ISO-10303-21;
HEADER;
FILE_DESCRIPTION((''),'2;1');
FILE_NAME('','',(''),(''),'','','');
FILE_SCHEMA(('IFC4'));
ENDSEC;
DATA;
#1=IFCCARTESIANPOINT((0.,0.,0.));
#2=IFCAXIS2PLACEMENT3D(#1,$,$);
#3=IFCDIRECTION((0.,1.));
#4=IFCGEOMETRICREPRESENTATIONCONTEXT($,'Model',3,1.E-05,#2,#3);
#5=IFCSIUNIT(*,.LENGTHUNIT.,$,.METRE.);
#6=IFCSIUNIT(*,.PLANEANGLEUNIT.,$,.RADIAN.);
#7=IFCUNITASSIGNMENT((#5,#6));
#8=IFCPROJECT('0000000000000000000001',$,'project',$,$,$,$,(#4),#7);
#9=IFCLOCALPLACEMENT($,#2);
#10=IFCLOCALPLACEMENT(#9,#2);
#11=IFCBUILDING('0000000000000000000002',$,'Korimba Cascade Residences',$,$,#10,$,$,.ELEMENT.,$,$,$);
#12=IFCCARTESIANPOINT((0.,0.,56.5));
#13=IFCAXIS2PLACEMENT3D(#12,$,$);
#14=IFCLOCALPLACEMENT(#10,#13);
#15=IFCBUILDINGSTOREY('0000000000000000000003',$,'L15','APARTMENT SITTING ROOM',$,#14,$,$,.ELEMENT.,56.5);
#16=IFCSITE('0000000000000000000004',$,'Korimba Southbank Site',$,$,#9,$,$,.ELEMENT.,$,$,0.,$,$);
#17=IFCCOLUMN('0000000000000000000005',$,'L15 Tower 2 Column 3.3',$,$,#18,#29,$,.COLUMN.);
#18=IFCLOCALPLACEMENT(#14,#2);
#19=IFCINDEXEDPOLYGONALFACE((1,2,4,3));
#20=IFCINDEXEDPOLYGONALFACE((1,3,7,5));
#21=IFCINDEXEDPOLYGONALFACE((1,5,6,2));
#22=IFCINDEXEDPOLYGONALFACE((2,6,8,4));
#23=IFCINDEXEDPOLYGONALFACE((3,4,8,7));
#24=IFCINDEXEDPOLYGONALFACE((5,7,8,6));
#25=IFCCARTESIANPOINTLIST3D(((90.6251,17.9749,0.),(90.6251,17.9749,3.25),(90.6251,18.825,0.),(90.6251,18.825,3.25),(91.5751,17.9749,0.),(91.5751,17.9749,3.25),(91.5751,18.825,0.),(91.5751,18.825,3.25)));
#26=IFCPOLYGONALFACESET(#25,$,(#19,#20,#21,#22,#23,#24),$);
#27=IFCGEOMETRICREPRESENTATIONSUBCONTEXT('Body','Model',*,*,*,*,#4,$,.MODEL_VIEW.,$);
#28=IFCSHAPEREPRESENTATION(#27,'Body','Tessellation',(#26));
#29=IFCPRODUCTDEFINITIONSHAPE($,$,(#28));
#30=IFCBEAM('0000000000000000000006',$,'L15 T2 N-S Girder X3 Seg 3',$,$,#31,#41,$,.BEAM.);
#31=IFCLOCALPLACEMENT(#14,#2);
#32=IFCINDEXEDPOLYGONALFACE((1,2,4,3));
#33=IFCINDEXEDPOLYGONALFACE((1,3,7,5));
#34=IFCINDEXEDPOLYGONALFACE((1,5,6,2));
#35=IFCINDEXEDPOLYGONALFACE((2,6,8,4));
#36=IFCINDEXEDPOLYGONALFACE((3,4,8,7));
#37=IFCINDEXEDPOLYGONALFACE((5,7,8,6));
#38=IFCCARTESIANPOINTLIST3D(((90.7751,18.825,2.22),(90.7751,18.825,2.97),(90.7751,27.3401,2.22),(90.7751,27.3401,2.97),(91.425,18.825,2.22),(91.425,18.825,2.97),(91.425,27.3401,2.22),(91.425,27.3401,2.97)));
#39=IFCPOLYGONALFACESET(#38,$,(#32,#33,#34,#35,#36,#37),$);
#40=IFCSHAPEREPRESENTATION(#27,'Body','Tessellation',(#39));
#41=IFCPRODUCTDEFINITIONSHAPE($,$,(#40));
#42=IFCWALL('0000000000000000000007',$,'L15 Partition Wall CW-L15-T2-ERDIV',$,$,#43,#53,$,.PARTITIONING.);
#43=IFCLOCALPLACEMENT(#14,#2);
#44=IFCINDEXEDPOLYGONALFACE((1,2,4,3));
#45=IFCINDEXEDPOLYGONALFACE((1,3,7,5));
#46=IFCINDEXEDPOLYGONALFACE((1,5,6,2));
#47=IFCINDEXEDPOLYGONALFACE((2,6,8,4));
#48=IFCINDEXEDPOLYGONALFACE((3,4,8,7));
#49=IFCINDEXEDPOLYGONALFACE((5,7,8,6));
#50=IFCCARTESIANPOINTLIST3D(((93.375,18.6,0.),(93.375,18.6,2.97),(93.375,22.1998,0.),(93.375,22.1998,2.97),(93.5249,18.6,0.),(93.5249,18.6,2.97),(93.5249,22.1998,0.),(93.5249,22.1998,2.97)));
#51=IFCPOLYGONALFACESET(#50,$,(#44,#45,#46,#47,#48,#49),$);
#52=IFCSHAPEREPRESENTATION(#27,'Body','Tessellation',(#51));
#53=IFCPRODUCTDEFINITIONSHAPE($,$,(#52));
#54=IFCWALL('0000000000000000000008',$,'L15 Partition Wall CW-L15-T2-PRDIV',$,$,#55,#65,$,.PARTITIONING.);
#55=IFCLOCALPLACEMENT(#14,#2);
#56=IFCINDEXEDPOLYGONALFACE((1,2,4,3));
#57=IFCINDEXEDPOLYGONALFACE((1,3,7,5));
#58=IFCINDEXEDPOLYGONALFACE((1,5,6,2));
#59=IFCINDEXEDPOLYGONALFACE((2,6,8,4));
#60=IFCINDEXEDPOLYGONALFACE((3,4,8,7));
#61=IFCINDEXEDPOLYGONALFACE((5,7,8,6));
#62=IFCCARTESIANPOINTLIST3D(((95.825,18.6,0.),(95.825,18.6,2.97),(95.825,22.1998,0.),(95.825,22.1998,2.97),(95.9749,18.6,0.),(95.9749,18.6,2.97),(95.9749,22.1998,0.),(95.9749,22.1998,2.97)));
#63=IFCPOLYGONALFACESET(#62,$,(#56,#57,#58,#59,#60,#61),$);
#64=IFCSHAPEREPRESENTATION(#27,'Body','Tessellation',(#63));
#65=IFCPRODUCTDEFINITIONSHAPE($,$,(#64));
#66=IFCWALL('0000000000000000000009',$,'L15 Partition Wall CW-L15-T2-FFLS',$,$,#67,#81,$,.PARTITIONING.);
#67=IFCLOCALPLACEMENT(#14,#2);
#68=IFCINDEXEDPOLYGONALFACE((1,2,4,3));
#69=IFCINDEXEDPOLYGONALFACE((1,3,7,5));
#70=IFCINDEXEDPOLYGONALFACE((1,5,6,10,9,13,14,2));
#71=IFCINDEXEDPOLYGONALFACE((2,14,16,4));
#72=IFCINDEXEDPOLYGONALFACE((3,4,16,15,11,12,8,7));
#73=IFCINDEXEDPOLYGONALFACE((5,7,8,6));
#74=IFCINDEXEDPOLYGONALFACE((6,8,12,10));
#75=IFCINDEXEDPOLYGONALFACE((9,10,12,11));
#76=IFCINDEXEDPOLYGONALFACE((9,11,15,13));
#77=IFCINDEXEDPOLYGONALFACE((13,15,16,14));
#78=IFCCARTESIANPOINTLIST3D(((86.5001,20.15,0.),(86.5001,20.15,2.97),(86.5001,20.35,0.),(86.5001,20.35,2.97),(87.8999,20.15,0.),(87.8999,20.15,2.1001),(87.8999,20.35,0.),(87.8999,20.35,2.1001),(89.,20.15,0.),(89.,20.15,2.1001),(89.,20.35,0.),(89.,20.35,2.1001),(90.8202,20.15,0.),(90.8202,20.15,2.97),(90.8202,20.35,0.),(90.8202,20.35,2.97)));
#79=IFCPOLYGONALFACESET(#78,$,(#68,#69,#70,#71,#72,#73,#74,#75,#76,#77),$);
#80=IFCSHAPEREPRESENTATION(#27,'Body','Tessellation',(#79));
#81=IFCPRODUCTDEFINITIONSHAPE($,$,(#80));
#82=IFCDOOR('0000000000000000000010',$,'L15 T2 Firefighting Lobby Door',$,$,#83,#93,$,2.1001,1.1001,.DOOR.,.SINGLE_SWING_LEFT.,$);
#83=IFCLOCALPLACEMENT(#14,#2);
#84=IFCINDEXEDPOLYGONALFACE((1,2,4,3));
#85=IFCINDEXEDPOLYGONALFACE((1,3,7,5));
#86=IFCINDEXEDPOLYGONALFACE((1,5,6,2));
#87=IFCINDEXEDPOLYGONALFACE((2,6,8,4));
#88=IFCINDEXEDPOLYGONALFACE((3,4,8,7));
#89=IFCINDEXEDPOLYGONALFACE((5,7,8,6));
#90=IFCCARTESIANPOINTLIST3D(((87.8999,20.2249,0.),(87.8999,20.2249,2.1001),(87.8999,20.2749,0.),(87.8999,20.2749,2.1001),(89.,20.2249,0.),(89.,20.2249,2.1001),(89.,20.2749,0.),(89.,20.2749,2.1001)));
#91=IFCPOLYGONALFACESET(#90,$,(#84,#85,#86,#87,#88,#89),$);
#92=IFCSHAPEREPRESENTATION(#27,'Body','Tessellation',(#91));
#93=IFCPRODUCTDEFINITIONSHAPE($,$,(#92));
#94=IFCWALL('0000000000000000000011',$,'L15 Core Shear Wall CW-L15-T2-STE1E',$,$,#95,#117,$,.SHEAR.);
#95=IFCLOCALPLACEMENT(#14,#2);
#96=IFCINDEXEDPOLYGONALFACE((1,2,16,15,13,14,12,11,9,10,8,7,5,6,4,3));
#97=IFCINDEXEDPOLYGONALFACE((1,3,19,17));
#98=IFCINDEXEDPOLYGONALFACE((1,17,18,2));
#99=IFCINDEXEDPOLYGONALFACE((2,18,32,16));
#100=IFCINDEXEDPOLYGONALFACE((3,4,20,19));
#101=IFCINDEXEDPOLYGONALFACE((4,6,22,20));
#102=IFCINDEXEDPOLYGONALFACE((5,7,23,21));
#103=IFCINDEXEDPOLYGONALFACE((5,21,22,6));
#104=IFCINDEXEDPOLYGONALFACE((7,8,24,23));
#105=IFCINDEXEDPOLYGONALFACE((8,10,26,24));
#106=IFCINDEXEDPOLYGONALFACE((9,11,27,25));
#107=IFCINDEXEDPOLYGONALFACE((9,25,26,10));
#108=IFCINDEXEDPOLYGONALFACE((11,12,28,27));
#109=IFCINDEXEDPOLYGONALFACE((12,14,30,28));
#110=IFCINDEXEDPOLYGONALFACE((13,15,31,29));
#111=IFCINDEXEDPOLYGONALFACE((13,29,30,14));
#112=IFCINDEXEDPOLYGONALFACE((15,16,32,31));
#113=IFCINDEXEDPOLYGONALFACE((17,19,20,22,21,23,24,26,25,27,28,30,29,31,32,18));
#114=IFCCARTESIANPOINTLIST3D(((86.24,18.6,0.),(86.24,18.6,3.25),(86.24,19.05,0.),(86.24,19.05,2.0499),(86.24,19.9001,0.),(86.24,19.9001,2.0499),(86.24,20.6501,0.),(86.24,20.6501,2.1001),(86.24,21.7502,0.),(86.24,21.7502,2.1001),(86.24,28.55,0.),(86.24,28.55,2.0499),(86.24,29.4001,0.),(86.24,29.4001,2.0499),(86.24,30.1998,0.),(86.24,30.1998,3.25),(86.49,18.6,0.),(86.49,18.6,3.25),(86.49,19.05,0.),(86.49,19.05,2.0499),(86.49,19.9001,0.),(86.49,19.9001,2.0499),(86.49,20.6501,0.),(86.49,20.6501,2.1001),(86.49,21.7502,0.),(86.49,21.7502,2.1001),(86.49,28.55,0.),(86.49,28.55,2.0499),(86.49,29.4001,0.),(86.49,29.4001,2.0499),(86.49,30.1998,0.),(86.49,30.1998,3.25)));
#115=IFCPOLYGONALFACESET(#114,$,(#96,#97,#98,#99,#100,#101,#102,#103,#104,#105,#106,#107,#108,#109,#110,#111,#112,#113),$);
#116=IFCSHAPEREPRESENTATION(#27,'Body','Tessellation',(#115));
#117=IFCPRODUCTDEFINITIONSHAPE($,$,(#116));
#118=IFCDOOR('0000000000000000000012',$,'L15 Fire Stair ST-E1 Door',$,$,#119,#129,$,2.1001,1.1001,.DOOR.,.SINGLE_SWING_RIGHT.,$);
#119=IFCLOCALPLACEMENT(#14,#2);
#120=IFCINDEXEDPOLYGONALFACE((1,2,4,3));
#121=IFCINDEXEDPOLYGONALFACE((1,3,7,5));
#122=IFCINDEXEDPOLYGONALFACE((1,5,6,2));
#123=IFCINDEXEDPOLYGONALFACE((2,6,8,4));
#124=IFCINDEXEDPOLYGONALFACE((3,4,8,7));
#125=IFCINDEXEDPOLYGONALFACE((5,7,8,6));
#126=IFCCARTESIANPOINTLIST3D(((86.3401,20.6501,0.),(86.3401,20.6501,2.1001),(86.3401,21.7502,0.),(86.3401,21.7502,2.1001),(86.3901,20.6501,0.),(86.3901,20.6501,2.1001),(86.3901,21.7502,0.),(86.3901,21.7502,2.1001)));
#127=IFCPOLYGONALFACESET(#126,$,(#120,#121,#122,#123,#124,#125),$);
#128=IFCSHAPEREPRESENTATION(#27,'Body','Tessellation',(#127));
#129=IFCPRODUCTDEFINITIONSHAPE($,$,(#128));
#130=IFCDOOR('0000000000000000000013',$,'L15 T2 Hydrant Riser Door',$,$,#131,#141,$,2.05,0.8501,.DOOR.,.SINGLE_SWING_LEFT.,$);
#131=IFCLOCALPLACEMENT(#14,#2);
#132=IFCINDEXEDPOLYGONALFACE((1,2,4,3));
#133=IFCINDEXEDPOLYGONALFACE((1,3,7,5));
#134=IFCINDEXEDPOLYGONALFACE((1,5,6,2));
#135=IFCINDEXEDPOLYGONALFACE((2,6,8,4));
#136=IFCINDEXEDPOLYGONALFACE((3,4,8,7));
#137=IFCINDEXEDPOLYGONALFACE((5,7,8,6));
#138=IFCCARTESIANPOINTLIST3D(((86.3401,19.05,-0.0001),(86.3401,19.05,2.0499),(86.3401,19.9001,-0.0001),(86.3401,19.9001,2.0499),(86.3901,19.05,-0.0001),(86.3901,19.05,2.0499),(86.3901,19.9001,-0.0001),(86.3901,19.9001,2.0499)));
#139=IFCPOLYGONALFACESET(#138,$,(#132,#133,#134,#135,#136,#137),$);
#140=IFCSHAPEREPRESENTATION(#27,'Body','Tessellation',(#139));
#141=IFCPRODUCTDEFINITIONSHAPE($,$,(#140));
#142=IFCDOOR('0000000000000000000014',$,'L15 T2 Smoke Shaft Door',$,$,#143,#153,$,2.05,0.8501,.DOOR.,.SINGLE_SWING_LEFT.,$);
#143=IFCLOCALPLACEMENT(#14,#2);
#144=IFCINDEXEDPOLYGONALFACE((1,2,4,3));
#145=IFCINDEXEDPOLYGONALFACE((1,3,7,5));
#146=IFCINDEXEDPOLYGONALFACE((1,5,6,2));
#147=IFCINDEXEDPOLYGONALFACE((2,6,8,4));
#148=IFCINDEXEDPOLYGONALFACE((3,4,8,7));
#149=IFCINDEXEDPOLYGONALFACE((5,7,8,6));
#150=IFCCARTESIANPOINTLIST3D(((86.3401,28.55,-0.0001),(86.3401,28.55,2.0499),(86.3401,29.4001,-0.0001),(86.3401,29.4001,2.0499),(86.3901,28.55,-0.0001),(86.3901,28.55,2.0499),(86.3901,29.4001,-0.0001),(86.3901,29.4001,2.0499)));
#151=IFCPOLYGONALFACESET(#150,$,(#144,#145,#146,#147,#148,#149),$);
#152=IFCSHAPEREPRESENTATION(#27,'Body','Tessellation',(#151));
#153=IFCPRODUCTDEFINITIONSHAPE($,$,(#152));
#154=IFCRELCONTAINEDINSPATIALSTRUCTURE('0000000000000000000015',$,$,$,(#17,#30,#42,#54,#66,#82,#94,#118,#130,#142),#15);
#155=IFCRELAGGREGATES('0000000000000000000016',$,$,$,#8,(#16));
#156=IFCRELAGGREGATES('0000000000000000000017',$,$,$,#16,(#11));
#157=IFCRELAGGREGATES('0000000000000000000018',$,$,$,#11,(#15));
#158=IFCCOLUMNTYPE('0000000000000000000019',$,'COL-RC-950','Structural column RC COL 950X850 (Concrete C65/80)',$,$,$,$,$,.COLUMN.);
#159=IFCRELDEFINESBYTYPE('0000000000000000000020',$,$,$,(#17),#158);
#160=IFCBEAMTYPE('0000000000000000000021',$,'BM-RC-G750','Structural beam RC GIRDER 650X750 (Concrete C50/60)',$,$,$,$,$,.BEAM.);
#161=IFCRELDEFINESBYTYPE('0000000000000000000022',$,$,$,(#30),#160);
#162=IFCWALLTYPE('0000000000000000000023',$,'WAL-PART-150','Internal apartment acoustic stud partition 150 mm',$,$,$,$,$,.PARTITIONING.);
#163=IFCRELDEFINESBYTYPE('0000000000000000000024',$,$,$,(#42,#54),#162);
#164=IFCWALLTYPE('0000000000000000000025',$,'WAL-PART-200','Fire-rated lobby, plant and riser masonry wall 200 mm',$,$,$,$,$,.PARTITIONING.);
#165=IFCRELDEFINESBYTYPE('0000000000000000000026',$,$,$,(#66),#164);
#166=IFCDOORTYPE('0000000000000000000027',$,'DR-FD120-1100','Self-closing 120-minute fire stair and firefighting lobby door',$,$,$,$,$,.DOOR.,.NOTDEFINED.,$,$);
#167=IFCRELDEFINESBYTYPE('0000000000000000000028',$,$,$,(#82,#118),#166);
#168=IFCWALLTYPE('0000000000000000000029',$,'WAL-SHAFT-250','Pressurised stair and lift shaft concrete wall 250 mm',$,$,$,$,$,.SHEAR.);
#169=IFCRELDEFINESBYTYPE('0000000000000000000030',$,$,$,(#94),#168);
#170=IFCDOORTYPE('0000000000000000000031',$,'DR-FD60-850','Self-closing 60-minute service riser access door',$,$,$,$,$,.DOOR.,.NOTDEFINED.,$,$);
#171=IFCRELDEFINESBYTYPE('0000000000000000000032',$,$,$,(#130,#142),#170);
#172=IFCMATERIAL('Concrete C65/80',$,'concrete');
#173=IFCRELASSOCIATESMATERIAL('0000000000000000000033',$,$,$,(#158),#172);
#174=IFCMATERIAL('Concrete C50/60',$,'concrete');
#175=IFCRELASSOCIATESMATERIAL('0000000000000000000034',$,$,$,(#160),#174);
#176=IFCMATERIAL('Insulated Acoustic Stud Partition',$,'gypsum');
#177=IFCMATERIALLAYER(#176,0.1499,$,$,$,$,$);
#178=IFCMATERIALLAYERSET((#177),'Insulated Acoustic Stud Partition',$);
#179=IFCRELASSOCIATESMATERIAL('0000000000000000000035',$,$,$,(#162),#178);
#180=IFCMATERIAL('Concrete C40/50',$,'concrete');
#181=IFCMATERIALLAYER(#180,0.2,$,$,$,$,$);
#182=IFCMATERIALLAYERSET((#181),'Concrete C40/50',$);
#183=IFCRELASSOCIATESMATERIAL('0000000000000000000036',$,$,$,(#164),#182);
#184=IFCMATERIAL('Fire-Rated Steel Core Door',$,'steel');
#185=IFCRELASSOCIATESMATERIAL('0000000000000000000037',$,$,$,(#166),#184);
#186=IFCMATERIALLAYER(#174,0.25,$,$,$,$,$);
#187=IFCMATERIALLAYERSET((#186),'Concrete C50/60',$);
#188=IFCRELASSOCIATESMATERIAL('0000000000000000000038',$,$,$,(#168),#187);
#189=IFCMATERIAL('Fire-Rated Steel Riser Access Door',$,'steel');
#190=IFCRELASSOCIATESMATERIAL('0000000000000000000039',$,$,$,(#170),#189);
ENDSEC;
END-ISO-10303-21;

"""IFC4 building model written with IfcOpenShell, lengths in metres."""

from ifc_helpers import new_model, si_unit, direction, frame, frame_2d, origin, origin_2d, place, context, subcontext, project, spatial, rectangle, extrude, material, layer, layer_set, material_profile, profile_set, type_object, element, fill, save


model = new_model("IFC4")

# Units and contexts
model_context = context("Model", 3, precision=1e-05, world=origin(), true_north=direction((0.0, 1.0)))
body_context = subcontext(model_context, "Body", "Model", "MODEL_VIEW")
ifc_project = project(units=[si_unit("LENGTHUNIT", "METRE"), si_unit("PLANEANGLEUNIT", "RADIAN")], contexts=[model_context])

# Site, building, storey
site_placement = place(None, origin())
site = spatial("IfcSite", under=ifc_project, at=site_placement, Name="Korimba Southbank Site", CompositionType="ELEMENT", RefElevation=0.0)
building_placement = place(site_placement, origin())
building = spatial("IfcBuilding", under=site, at=building_placement, Name="Korimba Cascade Residences", CompositionType="ELEMENT")
storey_placement = place(building_placement, frame((0.0, 0.0, 56.5)))
storey = spatial("IfcBuildingStorey", under=building, at=storey_placement, Name="L15", Description="APARTMENT SITTING ROOM", CompositionType="ELEMENT", Elevation=56.5)

# Column
ifc_material_1 = material(Name="Concrete C65/80", Category="concrete")
ifc_material_profile_1 = material_profile(ifc_material_1, rectangle(XDim=0.95, YDim=0.8501, at=origin_2d()), Name="Concrete C65/80")
ifc_profile_set_1 = profile_set([ifc_material_profile_1], Name="Concrete C65/80")
column_type = type_object("IfcColumnType", Name="COL-RC-950", Description="Structural column RC COL 950X850 (Concrete C65/80)", PredefinedType="COLUMN", material=ifc_profile_set_1)
column_placement = place(storey_placement, frame((91.1001, 18.3999, 0.0), z_axis=(0.0, 0.0, 1.0), x_axis=(1.0, 0.0, 0.0)))
element("IfcColumn", 1, at=column_placement, inside=storey, type_object=column_type, Name="L15 Tower 2 Column 3.3", PredefinedType="COLUMN", context=body_context, shape_type="SweptSolid", body=[
    extrude(rectangle(XDim=0.95, YDim=0.8501, at=origin_2d()), origin(), (0.0, 0.0, 1.0), 3.25),
])

# Beam
ifc_material_2 = material(Name="Concrete C50/60", Category="concrete")
ifc_material_profile_2 = material_profile(ifc_material_2, rectangle(XDim=0.6499, YDim=0.75, at=origin_2d()), Name="Concrete C50/60")
ifc_profile_set_2 = profile_set([ifc_material_profile_2], Name="Concrete C50/60")
beam_type = type_object("IfcBeamType", Name="BM-RC-G750", Description="Structural beam RC GIRDER 650X750 (Concrete C50/60)", PredefinedType="BEAM", material=ifc_profile_set_2)
beam_placement = place(storey_placement, frame((91.1001, 18.825, 2.595), z_axis=(0.0, 1.0, 0.0), x_axis=(-1.0, 0.0, 0.0)))
element("IfcBeam", 2, at=beam_placement, inside=storey, type_object=beam_type, Name="L15 T2 N-S Girder X3 Seg 3", PredefinedType="BEAM", context=body_context, shape_type="SweptSolid", body=[
    extrude(rectangle(XDim=0.6499, YDim=0.75, at=origin_2d()), origin(), (0.0, 0.0, 1.0), 8.5151),
])

# Walls
ifc_material_3 = material(Name="Insulated Acoustic Stud Partition", Category="gypsum")
ifc_layer_1 = layer(ifc_material_3, 0.1499)
ifc_layer_set_1 = layer_set([ifc_layer_1], Name="Insulated Acoustic Stud Partition")
wall_type_1 = type_object("IfcWallType", Name="WAL-PART-150", Description="Internal apartment acoustic stud partition 150 mm", PredefinedType="PARTITIONING", material=ifc_layer_set_1)
for number, where, z_axis, x_axis, name in (
    (3, (93.45, 18.6001, 0.0), (0.0, 0.0, 1.0), (0.0, 1.0, 0.0), "L15 Partition Wall CW-L15-T2-ERDIV"),
    (4, (95.8999, 18.6001, 0.0), (0.0, 0.0, 1.0), (0.0, 1.0, 0.0), "L15 Partition Wall CW-L15-T2-PRDIV"),
):
    element("IfcWall", number, at=place(storey_placement, frame(where, z_axis=z_axis, x_axis=x_axis)), inside=storey, type_object=wall_type_1, Name=name, PredefinedType="PARTITIONING", context=body_context, shape_type="SweptSolid", body=[
        extrude(rectangle(XDim=3.5999, YDim=0.1499, at=frame_2d((1.7998, 0.0))), origin(), (0.0, 0.0, 1.0), 2.97),
    ])

# Wall, opening, door
ifc_material_4 = material(Name="Concrete C40/50", Category="concrete")
ifc_layer_2 = layer(ifc_material_4, 0.2)
ifc_layer_set_2 = layer_set([ifc_layer_2], Name="Concrete C40/50")
wall_type_2 = type_object("IfcWallType", Name="WAL-PART-200", Description="Fire-rated lobby, plant and riser masonry wall 200 mm", PredefinedType="PARTITIONING", material=ifc_layer_set_2)
wall_1_placement = place(storey_placement, frame((86.5, 20.25, 0.0), z_axis=(0.0, 0.0, 1.0), x_axis=(1.0, 0.0, 0.0)))
wall_1 = element("IfcWall", 5, at=wall_1_placement, inside=storey, type_object=wall_type_2, Name="L15 Partition Wall CW-L15-T2-FFLS", PredefinedType="PARTITIONING", context=body_context, shape_type="SweptSolid", body=[
    extrude(rectangle(XDim=4.3201, YDim=0.2, at=frame_2d((2.1602, 0.0))), origin(), (0.0, 0.0, 1.0), 2.97),
])
opening_1_placement = place(wall_1_placement, frame((1.3999, 0.0, 0.0)))
opening_1 = element("IfcOpeningElement", 6, at=opening_1_placement, cuts=wall_1, PredefinedType="OPENING", context=body_context, shape_type="SweptSolid", body=[
    extrude(rectangle(XDim=1.1001, YDim=2.1001, at=frame_2d((0.55, 1.05))), frame((0.0, 0.1099, 0.0), z_axis=(0.0, -1.0, 0.0), x_axis=(1.0, 0.0, 0.0)), (0.0, 0.0, 1.0), 0.22),
])
ifc_material_5 = material(Name="Fire-Rated Steel Core Door", Category="steel")
door_type_1 = type_object("IfcDoorType", Name="DR-FD120-1100", Description="Self-closing 120-minute fire stair and firefighting lobby door", OperationType="NOTDEFINED", PredefinedType="DOOR", material=ifc_material_5)
door_1_placement = place(opening_1_placement, origin())
door_1 = element("IfcDoor", 7, at=door_1_placement, inside=storey, type_object=door_type_1, Name="L15 T2 Firefighting Lobby Door", OperationType="SINGLE_SWING_LEFT", OverallHeight=2.1001, OverallWidth=1.1001, PredefinedType="DOOR", context=body_context, shape_type="SweptSolid", body=[
    extrude(rectangle(XDim=1.1001, YDim=2.1001, at=frame_2d((0.55, 1.05))), frame((0.0, 0.0249, 0.0), z_axis=(0.0, -1.0, 0.0), x_axis=(1.0, 0.0, 0.0)), (0.0, 0.0, 1.0), 0.05),
])
fill(opening_1, door_1)

# Wall, openings, doors
ifc_layer_3 = layer(ifc_material_2, 0.25)
ifc_layer_set_3 = layer_set([ifc_layer_3], Name="Concrete C50/60")
wall_type_3 = type_object("IfcWallType", Name="WAL-SHAFT-250", Description="Pressurised stair and lift shaft concrete wall 250 mm", PredefinedType="SHEAR", material=ifc_layer_set_3)
wall_2_placement = place(storey_placement, frame((86.365, 18.6001, 0.0), z_axis=(0.0, 0.0, 1.0), x_axis=(0.0, 1.0, 0.0)))
wall_2 = element("IfcWall", 8, at=wall_2_placement, inside=storey, type_object=wall_type_3, Name="L15 Core Shear Wall CW-L15-T2-STE1E", PredefinedType="SHEAR", context=body_context, shape_type="SweptSolid", body=[
    extrude(rectangle(XDim=11.5999, YDim=0.25, at=frame_2d((5.7998, 0.0))), origin(), (0.0, 0.0, 1.0), 3.25),
])
opening_2_placement = place(wall_2_placement, frame((0.45, 0.0, 0.0)))
opening_2 = element("IfcOpeningElement", 9, at=opening_2_placement, cuts=wall_2, PredefinedType="OPENING", context=body_context, shape_type="SweptSolid", body=[
    extrude(rectangle(XDim=0.8501, YDim=2.05, at=frame_2d((0.425, 1.0249))), frame((0.0, 0.135, 0.0), z_axis=(0.0, -1.0, 0.0), x_axis=(1.0, 0.0, 0.0)), (0.0, 0.0, 1.0), 0.27),
])
opening_3_placement = place(wall_2_placement, frame((2.05, 0.0, 0.0)))
opening_3 = element("IfcOpeningElement", 10, at=opening_3_placement, cuts=wall_2, PredefinedType="OPENING", context=body_context, shape_type="SweptSolid", body=[
    extrude(rectangle(XDim=1.1001, YDim=2.1001, at=frame_2d((0.55, 1.05))), frame((0.0, 0.135, 0.0), z_axis=(0.0, -1.0, 0.0), x_axis=(1.0, 0.0, 0.0)), (0.0, 0.0, 1.0), 0.27),
])
opening_4_placement = place(wall_2_placement, frame((9.95, 0.0, 0.0)))
opening_4 = element("IfcOpeningElement", 11, at=opening_4_placement, cuts=wall_2, PredefinedType="OPENING", context=body_context, shape_type="SweptSolid", body=[
    extrude(rectangle(XDim=0.8501, YDim=2.05, at=frame_2d((0.425, 1.0249))), frame((0.0, 0.135, 0.0), z_axis=(0.0, -1.0, 0.0), x_axis=(1.0, 0.0, 0.0)), (0.0, 0.0, 1.0), 0.27),
])
door_2_placement = place(opening_3_placement, origin())
door_2 = element("IfcDoor", 12, at=door_2_placement, inside=storey, type_object=door_type_1, Name="L15 Fire Stair ST-E1 Door", OperationType="SINGLE_SWING_RIGHT", OverallHeight=2.1001, OverallWidth=1.1001, PredefinedType="DOOR", context=body_context, shape_type="SweptSolid", body=[
    extrude(rectangle(XDim=1.1001, YDim=2.1001, at=frame_2d((0.55, 1.05))), frame((0.0, 0.0249, 0.0), z_axis=(0.0, -1.0, 0.0), x_axis=(1.0, 0.0, 0.0)), (0.0, 0.0, 1.0), 0.05),
])
fill(opening_3, door_2)
ifc_material_6 = material(Name="Fire-Rated Steel Riser Access Door", Category="steel")
door_type_2 = type_object("IfcDoorType", Name="DR-FD60-850", Description="Self-closing 60-minute service riser access door", OperationType="NOTDEFINED", PredefinedType="DOOR", material=ifc_material_6)
door_3_placement = place(opening_2_placement, origin())
door_3 = element("IfcDoor", 13, at=door_3_placement, inside=storey, type_object=door_type_2, Name="L15 T2 Hydrant Riser Door", OperationType="SINGLE_SWING_LEFT", OverallHeight=2.05, OverallWidth=0.8501, PredefinedType="DOOR", context=body_context, shape_type="SweptSolid", body=[
    extrude(rectangle(XDim=0.8501, YDim=2.05, at=frame_2d((0.425, 1.0249))), frame((0.0, 0.0249, 0.0), z_axis=(0.0, -1.0, 0.0), x_axis=(1.0, 0.0, 0.0)), (0.0, 0.0, 1.0), 0.05),
])
fill(opening_2, door_3)
door_4_placement = place(opening_4_placement, origin())
door_4 = element("IfcDoor", 14, at=door_4_placement, inside=storey, type_object=door_type_2, Name="L15 T2 Smoke Shaft Door", OperationType="SINGLE_SWING_LEFT", OverallHeight=2.05, OverallWidth=0.8501, PredefinedType="DOOR", context=body_context, shape_type="SweptSolid", body=[
    extrude(rectangle(XDim=0.8501, YDim=2.05, at=frame_2d((0.425, 1.0249))), frame((0.0, 0.0249, 0.0), z_axis=(0.0, -1.0, 0.0), x_axis=(1.0, 0.0, 0.0)), (0.0, 0.0, 1.0), 0.05),
])
fill(opening_4, door_4)

save(model, "model.ifc")
